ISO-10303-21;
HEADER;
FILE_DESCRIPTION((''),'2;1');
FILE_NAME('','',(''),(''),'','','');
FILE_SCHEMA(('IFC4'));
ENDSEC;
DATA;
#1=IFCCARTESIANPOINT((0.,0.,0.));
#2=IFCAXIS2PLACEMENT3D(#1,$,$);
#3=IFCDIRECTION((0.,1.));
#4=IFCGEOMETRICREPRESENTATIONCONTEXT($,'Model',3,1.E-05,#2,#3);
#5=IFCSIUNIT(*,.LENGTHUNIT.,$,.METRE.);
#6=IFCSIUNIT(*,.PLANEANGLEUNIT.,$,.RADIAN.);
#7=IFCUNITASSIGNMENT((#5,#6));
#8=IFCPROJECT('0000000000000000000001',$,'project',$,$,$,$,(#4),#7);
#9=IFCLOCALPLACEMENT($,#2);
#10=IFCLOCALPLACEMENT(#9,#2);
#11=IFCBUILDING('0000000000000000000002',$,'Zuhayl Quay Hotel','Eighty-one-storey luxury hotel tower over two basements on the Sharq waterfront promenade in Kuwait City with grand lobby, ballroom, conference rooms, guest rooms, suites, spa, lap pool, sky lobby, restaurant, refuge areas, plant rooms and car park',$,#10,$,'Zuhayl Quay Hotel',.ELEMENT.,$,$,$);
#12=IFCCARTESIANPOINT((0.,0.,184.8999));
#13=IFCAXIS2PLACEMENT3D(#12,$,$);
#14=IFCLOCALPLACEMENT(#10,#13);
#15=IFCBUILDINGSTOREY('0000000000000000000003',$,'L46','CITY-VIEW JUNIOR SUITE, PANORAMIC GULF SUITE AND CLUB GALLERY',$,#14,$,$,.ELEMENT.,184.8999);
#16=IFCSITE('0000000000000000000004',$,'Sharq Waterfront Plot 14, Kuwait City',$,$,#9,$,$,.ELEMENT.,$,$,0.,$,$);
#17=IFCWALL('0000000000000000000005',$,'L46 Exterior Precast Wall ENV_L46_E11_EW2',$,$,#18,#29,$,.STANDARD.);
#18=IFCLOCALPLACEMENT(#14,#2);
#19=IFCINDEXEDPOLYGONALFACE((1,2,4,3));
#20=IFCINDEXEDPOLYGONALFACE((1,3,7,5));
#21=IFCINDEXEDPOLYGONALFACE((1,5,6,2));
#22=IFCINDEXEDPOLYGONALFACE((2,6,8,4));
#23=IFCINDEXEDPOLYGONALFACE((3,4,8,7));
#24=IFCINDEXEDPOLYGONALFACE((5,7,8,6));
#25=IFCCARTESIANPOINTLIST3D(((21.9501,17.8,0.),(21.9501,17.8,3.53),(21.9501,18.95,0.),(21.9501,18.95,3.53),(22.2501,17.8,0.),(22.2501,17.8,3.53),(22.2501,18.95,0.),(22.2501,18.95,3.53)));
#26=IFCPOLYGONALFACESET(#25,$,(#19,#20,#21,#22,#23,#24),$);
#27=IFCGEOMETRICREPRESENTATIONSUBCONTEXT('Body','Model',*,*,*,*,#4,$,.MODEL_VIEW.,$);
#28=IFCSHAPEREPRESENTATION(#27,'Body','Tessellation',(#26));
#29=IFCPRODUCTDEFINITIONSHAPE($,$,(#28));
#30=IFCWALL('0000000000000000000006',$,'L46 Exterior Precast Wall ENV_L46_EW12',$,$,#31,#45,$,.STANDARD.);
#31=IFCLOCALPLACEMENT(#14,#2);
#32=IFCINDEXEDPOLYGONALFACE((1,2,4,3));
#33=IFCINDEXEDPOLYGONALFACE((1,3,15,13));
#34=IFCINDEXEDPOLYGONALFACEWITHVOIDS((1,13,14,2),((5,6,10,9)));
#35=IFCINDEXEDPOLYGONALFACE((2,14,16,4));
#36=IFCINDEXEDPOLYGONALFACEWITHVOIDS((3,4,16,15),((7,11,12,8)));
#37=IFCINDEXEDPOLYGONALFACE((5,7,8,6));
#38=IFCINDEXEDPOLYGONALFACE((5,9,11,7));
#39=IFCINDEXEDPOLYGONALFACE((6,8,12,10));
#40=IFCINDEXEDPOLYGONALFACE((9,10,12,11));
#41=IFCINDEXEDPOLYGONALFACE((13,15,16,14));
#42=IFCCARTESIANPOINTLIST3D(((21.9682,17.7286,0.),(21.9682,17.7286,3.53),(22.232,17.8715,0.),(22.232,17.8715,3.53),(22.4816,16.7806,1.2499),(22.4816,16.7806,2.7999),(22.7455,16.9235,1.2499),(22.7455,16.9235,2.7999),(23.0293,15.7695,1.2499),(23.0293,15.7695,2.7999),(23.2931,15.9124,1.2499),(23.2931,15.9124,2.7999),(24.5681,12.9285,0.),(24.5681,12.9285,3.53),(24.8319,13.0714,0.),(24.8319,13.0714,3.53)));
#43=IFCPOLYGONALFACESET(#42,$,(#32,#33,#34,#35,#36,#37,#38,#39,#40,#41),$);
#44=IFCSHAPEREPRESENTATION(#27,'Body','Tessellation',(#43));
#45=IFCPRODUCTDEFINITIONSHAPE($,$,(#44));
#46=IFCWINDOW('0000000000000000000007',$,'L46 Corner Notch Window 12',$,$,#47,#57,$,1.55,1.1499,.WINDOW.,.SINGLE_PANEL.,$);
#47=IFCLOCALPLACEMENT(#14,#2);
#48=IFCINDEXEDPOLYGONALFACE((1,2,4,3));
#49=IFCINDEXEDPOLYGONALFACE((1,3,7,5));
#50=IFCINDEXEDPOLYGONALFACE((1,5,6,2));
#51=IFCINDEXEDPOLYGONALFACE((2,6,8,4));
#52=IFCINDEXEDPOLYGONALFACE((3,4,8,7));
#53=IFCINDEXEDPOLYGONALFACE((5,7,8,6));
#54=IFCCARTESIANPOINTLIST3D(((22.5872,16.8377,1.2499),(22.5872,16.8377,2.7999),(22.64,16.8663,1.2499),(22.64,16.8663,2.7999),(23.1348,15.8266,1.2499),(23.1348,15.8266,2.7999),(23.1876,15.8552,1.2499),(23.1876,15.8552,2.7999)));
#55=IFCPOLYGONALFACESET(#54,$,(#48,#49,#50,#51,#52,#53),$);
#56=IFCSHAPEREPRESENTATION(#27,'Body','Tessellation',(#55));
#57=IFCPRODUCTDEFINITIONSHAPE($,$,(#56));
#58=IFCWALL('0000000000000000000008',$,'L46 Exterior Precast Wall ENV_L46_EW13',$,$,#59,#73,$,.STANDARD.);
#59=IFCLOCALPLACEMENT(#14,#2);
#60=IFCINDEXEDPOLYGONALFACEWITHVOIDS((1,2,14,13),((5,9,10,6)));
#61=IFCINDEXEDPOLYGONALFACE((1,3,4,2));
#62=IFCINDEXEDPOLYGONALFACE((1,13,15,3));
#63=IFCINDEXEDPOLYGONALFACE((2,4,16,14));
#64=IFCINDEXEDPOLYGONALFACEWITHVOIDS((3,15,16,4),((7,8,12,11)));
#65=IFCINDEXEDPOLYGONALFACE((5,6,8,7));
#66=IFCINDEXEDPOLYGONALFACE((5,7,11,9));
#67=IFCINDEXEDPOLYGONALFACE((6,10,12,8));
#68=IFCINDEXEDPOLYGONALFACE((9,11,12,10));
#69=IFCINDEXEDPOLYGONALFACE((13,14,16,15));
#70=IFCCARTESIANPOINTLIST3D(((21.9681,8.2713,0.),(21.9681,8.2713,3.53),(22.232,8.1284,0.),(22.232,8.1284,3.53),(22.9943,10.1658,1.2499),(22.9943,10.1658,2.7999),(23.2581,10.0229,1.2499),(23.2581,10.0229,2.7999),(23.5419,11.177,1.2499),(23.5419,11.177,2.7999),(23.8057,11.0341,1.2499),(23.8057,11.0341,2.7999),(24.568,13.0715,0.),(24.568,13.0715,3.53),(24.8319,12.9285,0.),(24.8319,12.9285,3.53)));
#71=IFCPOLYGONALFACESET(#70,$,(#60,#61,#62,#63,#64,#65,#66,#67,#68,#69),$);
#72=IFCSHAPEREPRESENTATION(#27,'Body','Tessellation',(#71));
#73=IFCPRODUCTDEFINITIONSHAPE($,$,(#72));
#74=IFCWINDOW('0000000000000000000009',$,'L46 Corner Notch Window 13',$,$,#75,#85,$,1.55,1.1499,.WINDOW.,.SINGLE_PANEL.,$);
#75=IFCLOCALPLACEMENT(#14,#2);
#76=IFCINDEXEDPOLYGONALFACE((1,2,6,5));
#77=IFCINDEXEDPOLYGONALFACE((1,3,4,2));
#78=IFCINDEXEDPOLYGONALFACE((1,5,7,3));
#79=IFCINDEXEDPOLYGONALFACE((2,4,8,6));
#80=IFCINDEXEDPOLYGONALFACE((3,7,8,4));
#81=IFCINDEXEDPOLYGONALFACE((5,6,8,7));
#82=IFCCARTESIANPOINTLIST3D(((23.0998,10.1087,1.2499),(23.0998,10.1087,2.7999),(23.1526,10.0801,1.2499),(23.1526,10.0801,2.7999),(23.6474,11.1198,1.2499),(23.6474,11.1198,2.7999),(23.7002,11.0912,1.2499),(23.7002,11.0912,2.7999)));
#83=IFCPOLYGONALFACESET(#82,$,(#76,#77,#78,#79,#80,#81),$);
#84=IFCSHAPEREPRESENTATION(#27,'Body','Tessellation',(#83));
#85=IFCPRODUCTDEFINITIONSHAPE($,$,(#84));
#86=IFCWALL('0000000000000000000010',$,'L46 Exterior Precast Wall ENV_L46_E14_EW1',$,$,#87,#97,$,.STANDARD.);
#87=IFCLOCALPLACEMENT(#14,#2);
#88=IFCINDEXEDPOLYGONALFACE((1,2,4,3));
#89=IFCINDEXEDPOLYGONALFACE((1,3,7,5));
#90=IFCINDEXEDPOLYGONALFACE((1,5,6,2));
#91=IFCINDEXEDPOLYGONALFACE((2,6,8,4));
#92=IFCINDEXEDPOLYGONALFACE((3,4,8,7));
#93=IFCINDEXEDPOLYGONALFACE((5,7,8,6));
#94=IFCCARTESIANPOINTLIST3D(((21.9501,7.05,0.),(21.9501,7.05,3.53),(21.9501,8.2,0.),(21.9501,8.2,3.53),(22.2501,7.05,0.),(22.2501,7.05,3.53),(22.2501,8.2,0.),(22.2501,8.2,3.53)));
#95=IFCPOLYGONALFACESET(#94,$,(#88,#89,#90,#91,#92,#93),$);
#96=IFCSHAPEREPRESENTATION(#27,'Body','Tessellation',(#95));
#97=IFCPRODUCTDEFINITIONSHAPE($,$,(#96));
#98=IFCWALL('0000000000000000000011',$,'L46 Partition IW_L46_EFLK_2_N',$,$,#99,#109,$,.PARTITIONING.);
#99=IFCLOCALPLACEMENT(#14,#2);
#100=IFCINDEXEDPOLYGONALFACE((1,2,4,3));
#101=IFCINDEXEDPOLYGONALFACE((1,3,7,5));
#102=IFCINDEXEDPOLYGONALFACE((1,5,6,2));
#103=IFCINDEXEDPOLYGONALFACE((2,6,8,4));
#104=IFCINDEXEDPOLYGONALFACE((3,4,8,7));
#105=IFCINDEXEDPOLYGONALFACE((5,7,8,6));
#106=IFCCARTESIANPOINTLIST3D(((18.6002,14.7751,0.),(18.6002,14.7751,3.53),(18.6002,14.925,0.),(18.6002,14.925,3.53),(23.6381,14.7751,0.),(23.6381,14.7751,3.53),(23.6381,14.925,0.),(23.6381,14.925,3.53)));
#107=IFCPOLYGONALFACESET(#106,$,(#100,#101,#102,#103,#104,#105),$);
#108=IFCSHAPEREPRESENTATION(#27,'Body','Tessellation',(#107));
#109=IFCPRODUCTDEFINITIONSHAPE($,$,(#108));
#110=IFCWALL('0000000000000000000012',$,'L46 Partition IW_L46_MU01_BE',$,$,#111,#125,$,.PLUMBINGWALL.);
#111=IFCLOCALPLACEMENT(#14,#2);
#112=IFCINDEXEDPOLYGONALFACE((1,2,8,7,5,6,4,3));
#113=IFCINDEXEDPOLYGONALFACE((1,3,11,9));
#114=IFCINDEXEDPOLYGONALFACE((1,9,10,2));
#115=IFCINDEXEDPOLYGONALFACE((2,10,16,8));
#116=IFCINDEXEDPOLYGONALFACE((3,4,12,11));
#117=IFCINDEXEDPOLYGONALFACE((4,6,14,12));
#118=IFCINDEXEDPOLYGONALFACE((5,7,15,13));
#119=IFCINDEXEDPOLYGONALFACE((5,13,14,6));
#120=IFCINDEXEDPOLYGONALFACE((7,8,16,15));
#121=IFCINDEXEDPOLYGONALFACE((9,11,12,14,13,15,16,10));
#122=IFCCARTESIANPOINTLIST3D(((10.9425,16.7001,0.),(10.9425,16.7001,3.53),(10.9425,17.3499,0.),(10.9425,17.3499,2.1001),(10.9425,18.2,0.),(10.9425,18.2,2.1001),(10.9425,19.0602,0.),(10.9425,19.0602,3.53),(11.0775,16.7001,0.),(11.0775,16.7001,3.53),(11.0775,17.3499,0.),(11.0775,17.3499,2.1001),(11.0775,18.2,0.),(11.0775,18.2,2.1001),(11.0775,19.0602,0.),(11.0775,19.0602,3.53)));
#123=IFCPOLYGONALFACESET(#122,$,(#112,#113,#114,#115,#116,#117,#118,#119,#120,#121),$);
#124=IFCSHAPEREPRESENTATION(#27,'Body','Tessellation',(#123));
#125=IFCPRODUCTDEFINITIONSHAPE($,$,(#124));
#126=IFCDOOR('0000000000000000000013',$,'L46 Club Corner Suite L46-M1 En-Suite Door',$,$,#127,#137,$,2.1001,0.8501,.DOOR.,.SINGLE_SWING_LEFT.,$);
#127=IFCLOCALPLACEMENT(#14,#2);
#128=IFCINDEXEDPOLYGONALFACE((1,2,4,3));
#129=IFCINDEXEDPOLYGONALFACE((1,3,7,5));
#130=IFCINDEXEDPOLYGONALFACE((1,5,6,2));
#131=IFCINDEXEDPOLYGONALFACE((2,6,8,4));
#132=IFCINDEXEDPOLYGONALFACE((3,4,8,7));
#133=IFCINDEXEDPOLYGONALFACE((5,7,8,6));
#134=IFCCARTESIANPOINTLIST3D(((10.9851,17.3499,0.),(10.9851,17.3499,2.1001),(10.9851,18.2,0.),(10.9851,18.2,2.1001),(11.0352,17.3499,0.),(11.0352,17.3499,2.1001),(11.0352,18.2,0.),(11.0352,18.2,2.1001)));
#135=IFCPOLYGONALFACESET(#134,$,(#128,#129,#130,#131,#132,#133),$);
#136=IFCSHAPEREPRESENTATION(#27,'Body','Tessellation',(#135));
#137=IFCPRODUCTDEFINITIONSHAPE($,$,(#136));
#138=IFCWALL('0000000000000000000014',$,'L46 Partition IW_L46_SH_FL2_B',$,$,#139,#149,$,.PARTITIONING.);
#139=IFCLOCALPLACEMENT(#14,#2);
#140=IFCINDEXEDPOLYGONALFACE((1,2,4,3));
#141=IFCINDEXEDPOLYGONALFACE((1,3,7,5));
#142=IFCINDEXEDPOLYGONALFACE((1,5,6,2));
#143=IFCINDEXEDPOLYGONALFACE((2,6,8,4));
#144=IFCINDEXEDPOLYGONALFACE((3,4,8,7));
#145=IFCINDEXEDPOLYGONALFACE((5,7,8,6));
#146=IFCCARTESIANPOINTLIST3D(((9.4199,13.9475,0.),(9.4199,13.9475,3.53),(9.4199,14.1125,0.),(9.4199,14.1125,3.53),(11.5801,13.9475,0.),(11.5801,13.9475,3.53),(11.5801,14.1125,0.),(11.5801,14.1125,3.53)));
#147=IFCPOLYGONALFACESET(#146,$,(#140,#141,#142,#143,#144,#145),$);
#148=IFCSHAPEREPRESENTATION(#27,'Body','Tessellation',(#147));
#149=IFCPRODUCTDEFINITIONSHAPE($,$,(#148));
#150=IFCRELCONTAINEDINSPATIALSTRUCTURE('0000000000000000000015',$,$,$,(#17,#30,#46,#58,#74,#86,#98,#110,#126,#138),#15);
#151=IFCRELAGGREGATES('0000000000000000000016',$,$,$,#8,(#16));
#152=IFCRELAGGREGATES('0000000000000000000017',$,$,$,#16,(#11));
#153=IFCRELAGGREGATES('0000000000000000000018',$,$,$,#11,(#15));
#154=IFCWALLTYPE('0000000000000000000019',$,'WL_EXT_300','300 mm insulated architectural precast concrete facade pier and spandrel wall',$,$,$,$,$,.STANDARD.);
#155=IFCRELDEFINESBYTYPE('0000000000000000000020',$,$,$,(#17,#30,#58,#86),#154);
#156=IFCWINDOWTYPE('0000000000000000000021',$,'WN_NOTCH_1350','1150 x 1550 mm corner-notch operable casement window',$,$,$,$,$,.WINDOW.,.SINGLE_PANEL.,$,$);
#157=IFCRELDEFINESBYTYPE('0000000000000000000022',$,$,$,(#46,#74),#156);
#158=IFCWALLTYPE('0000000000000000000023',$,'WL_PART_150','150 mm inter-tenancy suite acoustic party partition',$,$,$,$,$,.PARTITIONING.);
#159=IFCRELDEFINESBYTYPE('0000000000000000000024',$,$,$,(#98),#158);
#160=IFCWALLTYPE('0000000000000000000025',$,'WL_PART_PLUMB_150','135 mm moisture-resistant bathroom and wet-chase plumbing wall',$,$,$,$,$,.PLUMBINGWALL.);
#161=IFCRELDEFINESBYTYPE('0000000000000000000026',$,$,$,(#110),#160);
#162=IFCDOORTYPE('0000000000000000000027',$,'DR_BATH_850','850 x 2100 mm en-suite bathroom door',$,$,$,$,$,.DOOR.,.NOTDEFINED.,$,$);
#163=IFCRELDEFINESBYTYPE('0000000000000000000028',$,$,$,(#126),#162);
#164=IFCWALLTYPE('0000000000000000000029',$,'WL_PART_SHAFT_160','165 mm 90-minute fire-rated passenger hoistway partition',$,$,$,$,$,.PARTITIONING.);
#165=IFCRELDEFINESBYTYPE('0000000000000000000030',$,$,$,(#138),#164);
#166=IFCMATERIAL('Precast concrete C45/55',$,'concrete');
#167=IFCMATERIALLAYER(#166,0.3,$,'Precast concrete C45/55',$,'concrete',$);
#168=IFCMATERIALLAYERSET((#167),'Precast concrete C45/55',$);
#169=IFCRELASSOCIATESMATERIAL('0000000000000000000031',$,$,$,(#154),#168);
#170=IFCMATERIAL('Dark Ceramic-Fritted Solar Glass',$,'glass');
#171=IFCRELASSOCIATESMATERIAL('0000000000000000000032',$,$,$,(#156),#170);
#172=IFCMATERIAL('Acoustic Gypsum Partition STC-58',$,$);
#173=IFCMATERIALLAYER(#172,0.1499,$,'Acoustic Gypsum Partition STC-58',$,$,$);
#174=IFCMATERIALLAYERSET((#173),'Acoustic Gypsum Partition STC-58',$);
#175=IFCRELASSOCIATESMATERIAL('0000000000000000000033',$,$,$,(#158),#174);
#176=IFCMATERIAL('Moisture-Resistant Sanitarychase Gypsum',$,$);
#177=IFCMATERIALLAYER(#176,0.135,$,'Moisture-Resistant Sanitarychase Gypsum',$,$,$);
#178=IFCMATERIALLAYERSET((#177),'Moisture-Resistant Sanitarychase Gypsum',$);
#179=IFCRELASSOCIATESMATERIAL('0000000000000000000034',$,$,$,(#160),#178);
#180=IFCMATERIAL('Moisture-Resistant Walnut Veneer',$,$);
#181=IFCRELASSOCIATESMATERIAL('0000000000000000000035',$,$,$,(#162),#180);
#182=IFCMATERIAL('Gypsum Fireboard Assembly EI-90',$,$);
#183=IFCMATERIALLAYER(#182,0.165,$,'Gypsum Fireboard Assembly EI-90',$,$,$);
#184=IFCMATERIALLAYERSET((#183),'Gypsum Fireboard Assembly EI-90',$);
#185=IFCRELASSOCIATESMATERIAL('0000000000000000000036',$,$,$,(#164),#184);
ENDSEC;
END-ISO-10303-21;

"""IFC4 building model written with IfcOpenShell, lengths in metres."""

from ifc_helpers import new_model, si_unit, direction, frame, frame_2d, origin, place, context, subcontext, project, spatial, rectangle, extrude, material, layer, layer_set, type_object, element, fill, save


model = new_model("IFC4")

# Units and contexts
model_context = context("Model", 3, precision=1e-05, world=origin(), true_north=direction((0.0, 1.0)))
body_context = subcontext(model_context, "Body", "Model", "MODEL_VIEW")
ifc_project = project(units=[si_unit("LENGTHUNIT", "METRE"), si_unit("PLANEANGLEUNIT", "RADIAN")], contexts=[model_context])

# Site, building, storey
site_placement = place(None, origin())
site = spatial("IfcSite", under=ifc_project, at=site_placement, Name="Sharq Waterfront Plot 14, Kuwait City", CompositionType="ELEMENT", RefElevation=0.0)
building_placement = place(site_placement, origin())
building = spatial("IfcBuilding", under=site, at=building_placement, Name="Zuhayl Quay Hotel", Description="Eighty-one-storey luxury hotel tower over two basements on the Sharq waterfront promenade in Kuwait City with grand lobby, ballroom, conference rooms, guest rooms, suites, spa, lap pool, sky lobby, restaurant, refuge areas, plant rooms and car park", LongName="Zuhayl Quay Hotel", CompositionType="ELEMENT")
storey_placement = place(building_placement, frame((0.0, 0.0, 184.8999)))
storey = spatial("IfcBuildingStorey", under=building, at=storey_placement, Name="L46", Description="CITY-VIEW JUNIOR SUITE, PANORAMIC GULF SUITE AND CLUB GALLERY", CompositionType="ELEMENT", Elevation=184.8999)

# Shared definitions
ifc_material_1 = material(Name="Dark Ceramic-Fritted Solar Glass", Category="glass")

# Wall
ifc_material_2 = material(Name="Precast concrete C45/55", Category="concrete")
ifc_layer_1 = layer(ifc_material_2, 0.3, Name="Precast concrete C45/55", Category="concrete")
ifc_layer_set_1 = layer_set([ifc_layer_1], Name="Precast concrete C45/55")
wall_type_1 = type_object("IfcWallType", Name="WL_EXT_300", Description="300 mm insulated architectural precast concrete facade pier and spandrel wall", PredefinedType="STANDARD", material=ifc_layer_set_1)
wall_1_placement = place(storey_placement, frame((22.1001, 18.95, 0.0), z_axis=(0.0, 0.0, 1.0), x_axis=(0.0, -1.0, 0.0)))
element("IfcWall", 1, at=wall_1_placement, inside=storey, type_object=wall_type_1, Name="L46 Exterior Precast Wall ENV_L46_E11_EW2", PredefinedType="STANDARD", context=body_context, shape_type="SweptSolid", body=[
    extrude(rectangle(XDim=1.1499, YDim=0.3, at=frame_2d((0.575, 0.0))), origin(), (0.0, 0.0, 1.0), 3.53),
])

# Walls, openings, windows
wall_2_placement = place(storey_placement, frame((22.1001, 17.8, 0.0), z_axis=(0.0, 0.0, 1.0), x_axis=(0.476259, -0.879305, 0.0)))
wall_2 = element("IfcWall", 2, at=wall_2_placement, inside=storey, type_object=wall_type_1, Name="L46 Exterior Precast Wall ENV_L46_EW12", PredefinedType="STANDARD", context=body_context, shape_type="SweptSolid", body=[
    extrude(rectangle(XDim=5.459, YDim=0.3, at=frame_2d((2.7295, 0.0))), origin(), (0.0, 0.0, 1.0), 3.53),
])
opening_1_placement = place(wall_2_placement, frame((1.0781, 0.0, 1.25)))
opening_1 = element("IfcOpeningElement", 3, at=opening_1_placement, cuts=wall_2, PredefinedType="OPENING", context=body_context, shape_type="SweptSolid", body=[
    extrude(rectangle(XDim=1.1499, YDim=1.55, at=frame_2d((0.575, 0.7749))), frame((0.0, 0.1599, 0.0), z_axis=(0.0, -1.0, 0.0), x_axis=(1.0, 0.0, 0.0)), (0.0, 0.0, 1.0), 0.3201),
])
window_type = type_object("IfcWindowType", Name="WN_NOTCH_1350", Description="1150 x 1550 mm corner-notch operable casement window", PartitioningType="SINGLE_PANEL", PredefinedType="WINDOW", material=ifc_material_1)
window_1_placement = place(opening_1_placement, origin())
window_1 = element("IfcWindow", 4, at=window_1_placement, inside=storey, type_object=window_type, Name="L46 Corner Notch Window 12", OverallHeight=1.55, OverallWidth=1.1499, PartitioningType="SINGLE_PANEL", PredefinedType="WINDOW", context=body_context, shape_type="SweptSolid", body=[
    extrude(rectangle(XDim=1.1499, YDim=1.55, at=frame_2d((0.575, 0.7749))), frame((0.0, 0.03, 0.0), z_axis=(0.0, -1.0, 0.0), x_axis=(1.0, 0.0, 0.0)), (0.0, 0.0, 1.0), 0.0601),
])
fill(opening_1, window_1)
wall_3_placement = place(storey_placement, frame((24.7, 13.0, 0.0), z_axis=(0.0, 0.0, 1.0), x_axis=(-0.476259, -0.879305, 0.0)))
wall_3 = element("IfcWall", 5, at=wall_3_placement, inside=storey, type_object=wall_type_1, Name="L46 Exterior Precast Wall ENV_L46_EW13", PredefinedType="STANDARD", context=body_context, shape_type="SweptSolid", body=[
    extrude(rectangle(XDim=5.459, YDim=0.3, at=frame_2d((2.7295, 0.0))), origin(), (0.0, 0.0, 1.0), 3.53),
])
opening_2_placement = place(wall_3_placement, frame((2.1545, 0.0, 1.25)))
opening_2 = element("IfcOpeningElement", 6, at=opening_2_placement, cuts=wall_3, PredefinedType="OPENING", context=body_context, shape_type="SweptSolid", body=[
    extrude(rectangle(XDim=1.1499, YDim=1.55, at=frame_2d((0.575, 0.7749))), frame((0.0, 0.1599, 0.0), z_axis=(0.0, -1.0, 0.0), x_axis=(1.0, 0.0, 0.0)), (0.0, 0.0, 1.0), 0.3201),
])
window_2_placement = place(opening_2_placement, origin())
window_2 = element("IfcWindow", 7, at=window_2_placement, inside=storey, type_object=window_type, Name="L46 Corner Notch Window 13", OverallHeight=1.55, OverallWidth=1.1499, PartitioningType="SINGLE_PANEL", PredefinedType="WINDOW", context=body_context, shape_type="SweptSolid", body=[
    extrude(rectangle(XDim=1.1499, YDim=1.55, at=frame_2d((0.575, 0.7749))), frame((0.0, 0.03, 0.0), z_axis=(0.0, -1.0, 0.0), x_axis=(1.0, 0.0, 0.0)), (0.0, 0.0, 1.0), 0.0601),
])
fill(opening_2, window_2)

# Walls
wall_4_placement = place(storey_placement, frame((22.1001, 8.2, 0.0), z_axis=(0.0, 0.0, 1.0), x_axis=(0.0, -1.0, 0.0)))
element("IfcWall", 8, at=wall_4_placement, inside=storey, type_object=wall_type_1, Name="L46 Exterior Precast Wall ENV_L46_E14_EW1", PredefinedType="STANDARD", context=body_context, shape_type="SweptSolid", body=[
    extrude(rectangle(XDim=1.1499, YDim=0.3, at=frame_2d((0.575, 0.0))), origin(), (0.0, 0.0, 1.0), 3.53),
])
ifc_material_3 = material(Name="Acoustic Gypsum Partition STC-58")
ifc_layer_2 = layer(ifc_material_3, 0.1499, Name="Acoustic Gypsum Partition STC-58")
ifc_layer_set_2 = layer_set([ifc_layer_2], Name="Acoustic Gypsum Partition STC-58")
wall_type_2 = type_object("IfcWallType", Name="WL_PART_150", Description="150 mm inter-tenancy suite acoustic party partition", PredefinedType="PARTITIONING", material=ifc_layer_set_2)
wall_5_placement = place(storey_placement, frame((18.6001, 14.8501, 0.0), z_axis=(0.0, 0.0, 1.0), x_axis=(1.0, 0.0, 0.0)))
element("IfcWall", 9, at=wall_5_placement, inside=storey, type_object=wall_type_2, Name="L46 Partition IW_L46_EFLK_2_N", PredefinedType="PARTITIONING", context=body_context, shape_type="SweptSolid", body=[
    extrude(rectangle(XDim=5.0378, YDim=0.1499, at=frame_2d((2.519, 0.0))), origin(), (0.0, 0.0, 1.0), 3.53),
])

# Wall, opening, door
ifc_material_4 = material(Name="Moisture-Resistant Sanitarychase Gypsum")
ifc_layer_3 = layer(ifc_material_4, 0.135, Name="Moisture-Resistant Sanitarychase Gypsum")
ifc_layer_set_3 = layer_set([ifc_layer_3], Name="Moisture-Resistant Sanitarychase Gypsum")
wall_type_3 = type_object("IfcWallType", Name="WL_PART_PLUMB_150", Description="135 mm moisture-resistant bathroom and wet-chase plumbing wall", PredefinedType="PLUMBINGWALL", material=ifc_layer_set_3)
wall_6_placement = place(storey_placement, frame((11.01, 16.7, 0.0), z_axis=(0.0, 0.0, 1.0), x_axis=(0.0, 1.0, 0.0)))
wall_6 = element("IfcWall", 10, at=wall_6_placement, inside=storey, type_object=wall_type_3, Name="L46 Partition IW_L46_MU01_BE", PredefinedType="PLUMBINGWALL", context=body_context, shape_type="SweptSolid", body=[
    extrude(rectangle(XDim=2.3601, YDim=0.135, at=frame_2d((1.1802, 0.0))), origin(), (0.0, 0.0, 1.0), 3.53),
])
opening_3_placement = place(wall_6_placement, frame((0.6499, 0.0, 0.0)))
opening_3 = element("IfcOpeningElement", 11, at=opening_3_placement, cuts=wall_6, PredefinedType="OPENING", context=body_context, shape_type="SweptSolid", body=[
    extrude(rectangle(XDim=0.8501, YDim=2.1001, at=frame_2d((0.425, 1.05))), frame((0.0, 0.0774, 0.0), z_axis=(0.0, -1.0, 0.0), x_axis=(1.0, 0.0, 0.0)), (0.0, 0.0, 1.0), 0.155),
])
ifc_material_5 = material(Name="Moisture-Resistant Walnut Veneer")
door_type_1 = type_object("IfcDoorType", Name="DR_BATH_850", Description="850 x 2100 mm en-suite bathroom door", OperationType="NOTDEFINED", PredefinedType="DOOR", material=ifc_material_5)
door_1_placement = place(opening_3_placement, origin())
door_1 = element("IfcDoor", 12, at=door_1_placement, inside=storey, type_object=door_type_1, Name="L46 Club Corner Suite L46-M1 En-Suite Door", OperationType="SINGLE_SWING_LEFT", OverallHeight=2.1001, OverallWidth=0.8501, PredefinedType="DOOR", context=body_context, shape_type="SweptSolid", body=[
    extrude(rectangle(XDim=0.8501, YDim=2.1001, at=frame_2d((0.425, 1.05))), frame((0.0, 0.0249, 0.0), z_axis=(0.0, -1.0, 0.0), x_axis=(1.0, 0.0, 0.0)), (0.0, 0.0, 1.0), 0.05),
])
fill(opening_3, door_1)

# Wall
ifc_material_6 = material(Name="Gypsum Fireboard Assembly EI-90")
ifc_layer_4 = layer(ifc_material_6, 0.165, Name="Gypsum Fireboard Assembly EI-90")
ifc_layer_set_4 = layer_set([ifc_layer_4], Name="Gypsum Fireboard Assembly EI-90")
wall_type_4 = type_object("IfcWallType", Name="WL_PART_SHAFT_160", Description="165 mm 90-minute fire-rated passenger hoistway partition", PredefinedType="PARTITIONING", material=ifc_layer_set_4)
wall_7_placement = place(storey_placement, frame((9.4199, 14.03, 0.0), z_axis=(0.0, 0.0, 1.0), x_axis=(1.0, 0.0, 0.0)))
element("IfcWall", 13, at=wall_7_placement, inside=storey, type_object=wall_type_4, Name="L46 Partition IW_L46_SH_FL2_B", PredefinedType="PARTITIONING", context=body_context, shape_type="SweptSolid", body=[
    extrude(rectangle(XDim=2.1602, YDim=0.165, at=frame_2d((1.0801, 0.0))), origin(), (0.0, 0.0, 1.0), 3.53),
])

save(model, "model.ifc")
